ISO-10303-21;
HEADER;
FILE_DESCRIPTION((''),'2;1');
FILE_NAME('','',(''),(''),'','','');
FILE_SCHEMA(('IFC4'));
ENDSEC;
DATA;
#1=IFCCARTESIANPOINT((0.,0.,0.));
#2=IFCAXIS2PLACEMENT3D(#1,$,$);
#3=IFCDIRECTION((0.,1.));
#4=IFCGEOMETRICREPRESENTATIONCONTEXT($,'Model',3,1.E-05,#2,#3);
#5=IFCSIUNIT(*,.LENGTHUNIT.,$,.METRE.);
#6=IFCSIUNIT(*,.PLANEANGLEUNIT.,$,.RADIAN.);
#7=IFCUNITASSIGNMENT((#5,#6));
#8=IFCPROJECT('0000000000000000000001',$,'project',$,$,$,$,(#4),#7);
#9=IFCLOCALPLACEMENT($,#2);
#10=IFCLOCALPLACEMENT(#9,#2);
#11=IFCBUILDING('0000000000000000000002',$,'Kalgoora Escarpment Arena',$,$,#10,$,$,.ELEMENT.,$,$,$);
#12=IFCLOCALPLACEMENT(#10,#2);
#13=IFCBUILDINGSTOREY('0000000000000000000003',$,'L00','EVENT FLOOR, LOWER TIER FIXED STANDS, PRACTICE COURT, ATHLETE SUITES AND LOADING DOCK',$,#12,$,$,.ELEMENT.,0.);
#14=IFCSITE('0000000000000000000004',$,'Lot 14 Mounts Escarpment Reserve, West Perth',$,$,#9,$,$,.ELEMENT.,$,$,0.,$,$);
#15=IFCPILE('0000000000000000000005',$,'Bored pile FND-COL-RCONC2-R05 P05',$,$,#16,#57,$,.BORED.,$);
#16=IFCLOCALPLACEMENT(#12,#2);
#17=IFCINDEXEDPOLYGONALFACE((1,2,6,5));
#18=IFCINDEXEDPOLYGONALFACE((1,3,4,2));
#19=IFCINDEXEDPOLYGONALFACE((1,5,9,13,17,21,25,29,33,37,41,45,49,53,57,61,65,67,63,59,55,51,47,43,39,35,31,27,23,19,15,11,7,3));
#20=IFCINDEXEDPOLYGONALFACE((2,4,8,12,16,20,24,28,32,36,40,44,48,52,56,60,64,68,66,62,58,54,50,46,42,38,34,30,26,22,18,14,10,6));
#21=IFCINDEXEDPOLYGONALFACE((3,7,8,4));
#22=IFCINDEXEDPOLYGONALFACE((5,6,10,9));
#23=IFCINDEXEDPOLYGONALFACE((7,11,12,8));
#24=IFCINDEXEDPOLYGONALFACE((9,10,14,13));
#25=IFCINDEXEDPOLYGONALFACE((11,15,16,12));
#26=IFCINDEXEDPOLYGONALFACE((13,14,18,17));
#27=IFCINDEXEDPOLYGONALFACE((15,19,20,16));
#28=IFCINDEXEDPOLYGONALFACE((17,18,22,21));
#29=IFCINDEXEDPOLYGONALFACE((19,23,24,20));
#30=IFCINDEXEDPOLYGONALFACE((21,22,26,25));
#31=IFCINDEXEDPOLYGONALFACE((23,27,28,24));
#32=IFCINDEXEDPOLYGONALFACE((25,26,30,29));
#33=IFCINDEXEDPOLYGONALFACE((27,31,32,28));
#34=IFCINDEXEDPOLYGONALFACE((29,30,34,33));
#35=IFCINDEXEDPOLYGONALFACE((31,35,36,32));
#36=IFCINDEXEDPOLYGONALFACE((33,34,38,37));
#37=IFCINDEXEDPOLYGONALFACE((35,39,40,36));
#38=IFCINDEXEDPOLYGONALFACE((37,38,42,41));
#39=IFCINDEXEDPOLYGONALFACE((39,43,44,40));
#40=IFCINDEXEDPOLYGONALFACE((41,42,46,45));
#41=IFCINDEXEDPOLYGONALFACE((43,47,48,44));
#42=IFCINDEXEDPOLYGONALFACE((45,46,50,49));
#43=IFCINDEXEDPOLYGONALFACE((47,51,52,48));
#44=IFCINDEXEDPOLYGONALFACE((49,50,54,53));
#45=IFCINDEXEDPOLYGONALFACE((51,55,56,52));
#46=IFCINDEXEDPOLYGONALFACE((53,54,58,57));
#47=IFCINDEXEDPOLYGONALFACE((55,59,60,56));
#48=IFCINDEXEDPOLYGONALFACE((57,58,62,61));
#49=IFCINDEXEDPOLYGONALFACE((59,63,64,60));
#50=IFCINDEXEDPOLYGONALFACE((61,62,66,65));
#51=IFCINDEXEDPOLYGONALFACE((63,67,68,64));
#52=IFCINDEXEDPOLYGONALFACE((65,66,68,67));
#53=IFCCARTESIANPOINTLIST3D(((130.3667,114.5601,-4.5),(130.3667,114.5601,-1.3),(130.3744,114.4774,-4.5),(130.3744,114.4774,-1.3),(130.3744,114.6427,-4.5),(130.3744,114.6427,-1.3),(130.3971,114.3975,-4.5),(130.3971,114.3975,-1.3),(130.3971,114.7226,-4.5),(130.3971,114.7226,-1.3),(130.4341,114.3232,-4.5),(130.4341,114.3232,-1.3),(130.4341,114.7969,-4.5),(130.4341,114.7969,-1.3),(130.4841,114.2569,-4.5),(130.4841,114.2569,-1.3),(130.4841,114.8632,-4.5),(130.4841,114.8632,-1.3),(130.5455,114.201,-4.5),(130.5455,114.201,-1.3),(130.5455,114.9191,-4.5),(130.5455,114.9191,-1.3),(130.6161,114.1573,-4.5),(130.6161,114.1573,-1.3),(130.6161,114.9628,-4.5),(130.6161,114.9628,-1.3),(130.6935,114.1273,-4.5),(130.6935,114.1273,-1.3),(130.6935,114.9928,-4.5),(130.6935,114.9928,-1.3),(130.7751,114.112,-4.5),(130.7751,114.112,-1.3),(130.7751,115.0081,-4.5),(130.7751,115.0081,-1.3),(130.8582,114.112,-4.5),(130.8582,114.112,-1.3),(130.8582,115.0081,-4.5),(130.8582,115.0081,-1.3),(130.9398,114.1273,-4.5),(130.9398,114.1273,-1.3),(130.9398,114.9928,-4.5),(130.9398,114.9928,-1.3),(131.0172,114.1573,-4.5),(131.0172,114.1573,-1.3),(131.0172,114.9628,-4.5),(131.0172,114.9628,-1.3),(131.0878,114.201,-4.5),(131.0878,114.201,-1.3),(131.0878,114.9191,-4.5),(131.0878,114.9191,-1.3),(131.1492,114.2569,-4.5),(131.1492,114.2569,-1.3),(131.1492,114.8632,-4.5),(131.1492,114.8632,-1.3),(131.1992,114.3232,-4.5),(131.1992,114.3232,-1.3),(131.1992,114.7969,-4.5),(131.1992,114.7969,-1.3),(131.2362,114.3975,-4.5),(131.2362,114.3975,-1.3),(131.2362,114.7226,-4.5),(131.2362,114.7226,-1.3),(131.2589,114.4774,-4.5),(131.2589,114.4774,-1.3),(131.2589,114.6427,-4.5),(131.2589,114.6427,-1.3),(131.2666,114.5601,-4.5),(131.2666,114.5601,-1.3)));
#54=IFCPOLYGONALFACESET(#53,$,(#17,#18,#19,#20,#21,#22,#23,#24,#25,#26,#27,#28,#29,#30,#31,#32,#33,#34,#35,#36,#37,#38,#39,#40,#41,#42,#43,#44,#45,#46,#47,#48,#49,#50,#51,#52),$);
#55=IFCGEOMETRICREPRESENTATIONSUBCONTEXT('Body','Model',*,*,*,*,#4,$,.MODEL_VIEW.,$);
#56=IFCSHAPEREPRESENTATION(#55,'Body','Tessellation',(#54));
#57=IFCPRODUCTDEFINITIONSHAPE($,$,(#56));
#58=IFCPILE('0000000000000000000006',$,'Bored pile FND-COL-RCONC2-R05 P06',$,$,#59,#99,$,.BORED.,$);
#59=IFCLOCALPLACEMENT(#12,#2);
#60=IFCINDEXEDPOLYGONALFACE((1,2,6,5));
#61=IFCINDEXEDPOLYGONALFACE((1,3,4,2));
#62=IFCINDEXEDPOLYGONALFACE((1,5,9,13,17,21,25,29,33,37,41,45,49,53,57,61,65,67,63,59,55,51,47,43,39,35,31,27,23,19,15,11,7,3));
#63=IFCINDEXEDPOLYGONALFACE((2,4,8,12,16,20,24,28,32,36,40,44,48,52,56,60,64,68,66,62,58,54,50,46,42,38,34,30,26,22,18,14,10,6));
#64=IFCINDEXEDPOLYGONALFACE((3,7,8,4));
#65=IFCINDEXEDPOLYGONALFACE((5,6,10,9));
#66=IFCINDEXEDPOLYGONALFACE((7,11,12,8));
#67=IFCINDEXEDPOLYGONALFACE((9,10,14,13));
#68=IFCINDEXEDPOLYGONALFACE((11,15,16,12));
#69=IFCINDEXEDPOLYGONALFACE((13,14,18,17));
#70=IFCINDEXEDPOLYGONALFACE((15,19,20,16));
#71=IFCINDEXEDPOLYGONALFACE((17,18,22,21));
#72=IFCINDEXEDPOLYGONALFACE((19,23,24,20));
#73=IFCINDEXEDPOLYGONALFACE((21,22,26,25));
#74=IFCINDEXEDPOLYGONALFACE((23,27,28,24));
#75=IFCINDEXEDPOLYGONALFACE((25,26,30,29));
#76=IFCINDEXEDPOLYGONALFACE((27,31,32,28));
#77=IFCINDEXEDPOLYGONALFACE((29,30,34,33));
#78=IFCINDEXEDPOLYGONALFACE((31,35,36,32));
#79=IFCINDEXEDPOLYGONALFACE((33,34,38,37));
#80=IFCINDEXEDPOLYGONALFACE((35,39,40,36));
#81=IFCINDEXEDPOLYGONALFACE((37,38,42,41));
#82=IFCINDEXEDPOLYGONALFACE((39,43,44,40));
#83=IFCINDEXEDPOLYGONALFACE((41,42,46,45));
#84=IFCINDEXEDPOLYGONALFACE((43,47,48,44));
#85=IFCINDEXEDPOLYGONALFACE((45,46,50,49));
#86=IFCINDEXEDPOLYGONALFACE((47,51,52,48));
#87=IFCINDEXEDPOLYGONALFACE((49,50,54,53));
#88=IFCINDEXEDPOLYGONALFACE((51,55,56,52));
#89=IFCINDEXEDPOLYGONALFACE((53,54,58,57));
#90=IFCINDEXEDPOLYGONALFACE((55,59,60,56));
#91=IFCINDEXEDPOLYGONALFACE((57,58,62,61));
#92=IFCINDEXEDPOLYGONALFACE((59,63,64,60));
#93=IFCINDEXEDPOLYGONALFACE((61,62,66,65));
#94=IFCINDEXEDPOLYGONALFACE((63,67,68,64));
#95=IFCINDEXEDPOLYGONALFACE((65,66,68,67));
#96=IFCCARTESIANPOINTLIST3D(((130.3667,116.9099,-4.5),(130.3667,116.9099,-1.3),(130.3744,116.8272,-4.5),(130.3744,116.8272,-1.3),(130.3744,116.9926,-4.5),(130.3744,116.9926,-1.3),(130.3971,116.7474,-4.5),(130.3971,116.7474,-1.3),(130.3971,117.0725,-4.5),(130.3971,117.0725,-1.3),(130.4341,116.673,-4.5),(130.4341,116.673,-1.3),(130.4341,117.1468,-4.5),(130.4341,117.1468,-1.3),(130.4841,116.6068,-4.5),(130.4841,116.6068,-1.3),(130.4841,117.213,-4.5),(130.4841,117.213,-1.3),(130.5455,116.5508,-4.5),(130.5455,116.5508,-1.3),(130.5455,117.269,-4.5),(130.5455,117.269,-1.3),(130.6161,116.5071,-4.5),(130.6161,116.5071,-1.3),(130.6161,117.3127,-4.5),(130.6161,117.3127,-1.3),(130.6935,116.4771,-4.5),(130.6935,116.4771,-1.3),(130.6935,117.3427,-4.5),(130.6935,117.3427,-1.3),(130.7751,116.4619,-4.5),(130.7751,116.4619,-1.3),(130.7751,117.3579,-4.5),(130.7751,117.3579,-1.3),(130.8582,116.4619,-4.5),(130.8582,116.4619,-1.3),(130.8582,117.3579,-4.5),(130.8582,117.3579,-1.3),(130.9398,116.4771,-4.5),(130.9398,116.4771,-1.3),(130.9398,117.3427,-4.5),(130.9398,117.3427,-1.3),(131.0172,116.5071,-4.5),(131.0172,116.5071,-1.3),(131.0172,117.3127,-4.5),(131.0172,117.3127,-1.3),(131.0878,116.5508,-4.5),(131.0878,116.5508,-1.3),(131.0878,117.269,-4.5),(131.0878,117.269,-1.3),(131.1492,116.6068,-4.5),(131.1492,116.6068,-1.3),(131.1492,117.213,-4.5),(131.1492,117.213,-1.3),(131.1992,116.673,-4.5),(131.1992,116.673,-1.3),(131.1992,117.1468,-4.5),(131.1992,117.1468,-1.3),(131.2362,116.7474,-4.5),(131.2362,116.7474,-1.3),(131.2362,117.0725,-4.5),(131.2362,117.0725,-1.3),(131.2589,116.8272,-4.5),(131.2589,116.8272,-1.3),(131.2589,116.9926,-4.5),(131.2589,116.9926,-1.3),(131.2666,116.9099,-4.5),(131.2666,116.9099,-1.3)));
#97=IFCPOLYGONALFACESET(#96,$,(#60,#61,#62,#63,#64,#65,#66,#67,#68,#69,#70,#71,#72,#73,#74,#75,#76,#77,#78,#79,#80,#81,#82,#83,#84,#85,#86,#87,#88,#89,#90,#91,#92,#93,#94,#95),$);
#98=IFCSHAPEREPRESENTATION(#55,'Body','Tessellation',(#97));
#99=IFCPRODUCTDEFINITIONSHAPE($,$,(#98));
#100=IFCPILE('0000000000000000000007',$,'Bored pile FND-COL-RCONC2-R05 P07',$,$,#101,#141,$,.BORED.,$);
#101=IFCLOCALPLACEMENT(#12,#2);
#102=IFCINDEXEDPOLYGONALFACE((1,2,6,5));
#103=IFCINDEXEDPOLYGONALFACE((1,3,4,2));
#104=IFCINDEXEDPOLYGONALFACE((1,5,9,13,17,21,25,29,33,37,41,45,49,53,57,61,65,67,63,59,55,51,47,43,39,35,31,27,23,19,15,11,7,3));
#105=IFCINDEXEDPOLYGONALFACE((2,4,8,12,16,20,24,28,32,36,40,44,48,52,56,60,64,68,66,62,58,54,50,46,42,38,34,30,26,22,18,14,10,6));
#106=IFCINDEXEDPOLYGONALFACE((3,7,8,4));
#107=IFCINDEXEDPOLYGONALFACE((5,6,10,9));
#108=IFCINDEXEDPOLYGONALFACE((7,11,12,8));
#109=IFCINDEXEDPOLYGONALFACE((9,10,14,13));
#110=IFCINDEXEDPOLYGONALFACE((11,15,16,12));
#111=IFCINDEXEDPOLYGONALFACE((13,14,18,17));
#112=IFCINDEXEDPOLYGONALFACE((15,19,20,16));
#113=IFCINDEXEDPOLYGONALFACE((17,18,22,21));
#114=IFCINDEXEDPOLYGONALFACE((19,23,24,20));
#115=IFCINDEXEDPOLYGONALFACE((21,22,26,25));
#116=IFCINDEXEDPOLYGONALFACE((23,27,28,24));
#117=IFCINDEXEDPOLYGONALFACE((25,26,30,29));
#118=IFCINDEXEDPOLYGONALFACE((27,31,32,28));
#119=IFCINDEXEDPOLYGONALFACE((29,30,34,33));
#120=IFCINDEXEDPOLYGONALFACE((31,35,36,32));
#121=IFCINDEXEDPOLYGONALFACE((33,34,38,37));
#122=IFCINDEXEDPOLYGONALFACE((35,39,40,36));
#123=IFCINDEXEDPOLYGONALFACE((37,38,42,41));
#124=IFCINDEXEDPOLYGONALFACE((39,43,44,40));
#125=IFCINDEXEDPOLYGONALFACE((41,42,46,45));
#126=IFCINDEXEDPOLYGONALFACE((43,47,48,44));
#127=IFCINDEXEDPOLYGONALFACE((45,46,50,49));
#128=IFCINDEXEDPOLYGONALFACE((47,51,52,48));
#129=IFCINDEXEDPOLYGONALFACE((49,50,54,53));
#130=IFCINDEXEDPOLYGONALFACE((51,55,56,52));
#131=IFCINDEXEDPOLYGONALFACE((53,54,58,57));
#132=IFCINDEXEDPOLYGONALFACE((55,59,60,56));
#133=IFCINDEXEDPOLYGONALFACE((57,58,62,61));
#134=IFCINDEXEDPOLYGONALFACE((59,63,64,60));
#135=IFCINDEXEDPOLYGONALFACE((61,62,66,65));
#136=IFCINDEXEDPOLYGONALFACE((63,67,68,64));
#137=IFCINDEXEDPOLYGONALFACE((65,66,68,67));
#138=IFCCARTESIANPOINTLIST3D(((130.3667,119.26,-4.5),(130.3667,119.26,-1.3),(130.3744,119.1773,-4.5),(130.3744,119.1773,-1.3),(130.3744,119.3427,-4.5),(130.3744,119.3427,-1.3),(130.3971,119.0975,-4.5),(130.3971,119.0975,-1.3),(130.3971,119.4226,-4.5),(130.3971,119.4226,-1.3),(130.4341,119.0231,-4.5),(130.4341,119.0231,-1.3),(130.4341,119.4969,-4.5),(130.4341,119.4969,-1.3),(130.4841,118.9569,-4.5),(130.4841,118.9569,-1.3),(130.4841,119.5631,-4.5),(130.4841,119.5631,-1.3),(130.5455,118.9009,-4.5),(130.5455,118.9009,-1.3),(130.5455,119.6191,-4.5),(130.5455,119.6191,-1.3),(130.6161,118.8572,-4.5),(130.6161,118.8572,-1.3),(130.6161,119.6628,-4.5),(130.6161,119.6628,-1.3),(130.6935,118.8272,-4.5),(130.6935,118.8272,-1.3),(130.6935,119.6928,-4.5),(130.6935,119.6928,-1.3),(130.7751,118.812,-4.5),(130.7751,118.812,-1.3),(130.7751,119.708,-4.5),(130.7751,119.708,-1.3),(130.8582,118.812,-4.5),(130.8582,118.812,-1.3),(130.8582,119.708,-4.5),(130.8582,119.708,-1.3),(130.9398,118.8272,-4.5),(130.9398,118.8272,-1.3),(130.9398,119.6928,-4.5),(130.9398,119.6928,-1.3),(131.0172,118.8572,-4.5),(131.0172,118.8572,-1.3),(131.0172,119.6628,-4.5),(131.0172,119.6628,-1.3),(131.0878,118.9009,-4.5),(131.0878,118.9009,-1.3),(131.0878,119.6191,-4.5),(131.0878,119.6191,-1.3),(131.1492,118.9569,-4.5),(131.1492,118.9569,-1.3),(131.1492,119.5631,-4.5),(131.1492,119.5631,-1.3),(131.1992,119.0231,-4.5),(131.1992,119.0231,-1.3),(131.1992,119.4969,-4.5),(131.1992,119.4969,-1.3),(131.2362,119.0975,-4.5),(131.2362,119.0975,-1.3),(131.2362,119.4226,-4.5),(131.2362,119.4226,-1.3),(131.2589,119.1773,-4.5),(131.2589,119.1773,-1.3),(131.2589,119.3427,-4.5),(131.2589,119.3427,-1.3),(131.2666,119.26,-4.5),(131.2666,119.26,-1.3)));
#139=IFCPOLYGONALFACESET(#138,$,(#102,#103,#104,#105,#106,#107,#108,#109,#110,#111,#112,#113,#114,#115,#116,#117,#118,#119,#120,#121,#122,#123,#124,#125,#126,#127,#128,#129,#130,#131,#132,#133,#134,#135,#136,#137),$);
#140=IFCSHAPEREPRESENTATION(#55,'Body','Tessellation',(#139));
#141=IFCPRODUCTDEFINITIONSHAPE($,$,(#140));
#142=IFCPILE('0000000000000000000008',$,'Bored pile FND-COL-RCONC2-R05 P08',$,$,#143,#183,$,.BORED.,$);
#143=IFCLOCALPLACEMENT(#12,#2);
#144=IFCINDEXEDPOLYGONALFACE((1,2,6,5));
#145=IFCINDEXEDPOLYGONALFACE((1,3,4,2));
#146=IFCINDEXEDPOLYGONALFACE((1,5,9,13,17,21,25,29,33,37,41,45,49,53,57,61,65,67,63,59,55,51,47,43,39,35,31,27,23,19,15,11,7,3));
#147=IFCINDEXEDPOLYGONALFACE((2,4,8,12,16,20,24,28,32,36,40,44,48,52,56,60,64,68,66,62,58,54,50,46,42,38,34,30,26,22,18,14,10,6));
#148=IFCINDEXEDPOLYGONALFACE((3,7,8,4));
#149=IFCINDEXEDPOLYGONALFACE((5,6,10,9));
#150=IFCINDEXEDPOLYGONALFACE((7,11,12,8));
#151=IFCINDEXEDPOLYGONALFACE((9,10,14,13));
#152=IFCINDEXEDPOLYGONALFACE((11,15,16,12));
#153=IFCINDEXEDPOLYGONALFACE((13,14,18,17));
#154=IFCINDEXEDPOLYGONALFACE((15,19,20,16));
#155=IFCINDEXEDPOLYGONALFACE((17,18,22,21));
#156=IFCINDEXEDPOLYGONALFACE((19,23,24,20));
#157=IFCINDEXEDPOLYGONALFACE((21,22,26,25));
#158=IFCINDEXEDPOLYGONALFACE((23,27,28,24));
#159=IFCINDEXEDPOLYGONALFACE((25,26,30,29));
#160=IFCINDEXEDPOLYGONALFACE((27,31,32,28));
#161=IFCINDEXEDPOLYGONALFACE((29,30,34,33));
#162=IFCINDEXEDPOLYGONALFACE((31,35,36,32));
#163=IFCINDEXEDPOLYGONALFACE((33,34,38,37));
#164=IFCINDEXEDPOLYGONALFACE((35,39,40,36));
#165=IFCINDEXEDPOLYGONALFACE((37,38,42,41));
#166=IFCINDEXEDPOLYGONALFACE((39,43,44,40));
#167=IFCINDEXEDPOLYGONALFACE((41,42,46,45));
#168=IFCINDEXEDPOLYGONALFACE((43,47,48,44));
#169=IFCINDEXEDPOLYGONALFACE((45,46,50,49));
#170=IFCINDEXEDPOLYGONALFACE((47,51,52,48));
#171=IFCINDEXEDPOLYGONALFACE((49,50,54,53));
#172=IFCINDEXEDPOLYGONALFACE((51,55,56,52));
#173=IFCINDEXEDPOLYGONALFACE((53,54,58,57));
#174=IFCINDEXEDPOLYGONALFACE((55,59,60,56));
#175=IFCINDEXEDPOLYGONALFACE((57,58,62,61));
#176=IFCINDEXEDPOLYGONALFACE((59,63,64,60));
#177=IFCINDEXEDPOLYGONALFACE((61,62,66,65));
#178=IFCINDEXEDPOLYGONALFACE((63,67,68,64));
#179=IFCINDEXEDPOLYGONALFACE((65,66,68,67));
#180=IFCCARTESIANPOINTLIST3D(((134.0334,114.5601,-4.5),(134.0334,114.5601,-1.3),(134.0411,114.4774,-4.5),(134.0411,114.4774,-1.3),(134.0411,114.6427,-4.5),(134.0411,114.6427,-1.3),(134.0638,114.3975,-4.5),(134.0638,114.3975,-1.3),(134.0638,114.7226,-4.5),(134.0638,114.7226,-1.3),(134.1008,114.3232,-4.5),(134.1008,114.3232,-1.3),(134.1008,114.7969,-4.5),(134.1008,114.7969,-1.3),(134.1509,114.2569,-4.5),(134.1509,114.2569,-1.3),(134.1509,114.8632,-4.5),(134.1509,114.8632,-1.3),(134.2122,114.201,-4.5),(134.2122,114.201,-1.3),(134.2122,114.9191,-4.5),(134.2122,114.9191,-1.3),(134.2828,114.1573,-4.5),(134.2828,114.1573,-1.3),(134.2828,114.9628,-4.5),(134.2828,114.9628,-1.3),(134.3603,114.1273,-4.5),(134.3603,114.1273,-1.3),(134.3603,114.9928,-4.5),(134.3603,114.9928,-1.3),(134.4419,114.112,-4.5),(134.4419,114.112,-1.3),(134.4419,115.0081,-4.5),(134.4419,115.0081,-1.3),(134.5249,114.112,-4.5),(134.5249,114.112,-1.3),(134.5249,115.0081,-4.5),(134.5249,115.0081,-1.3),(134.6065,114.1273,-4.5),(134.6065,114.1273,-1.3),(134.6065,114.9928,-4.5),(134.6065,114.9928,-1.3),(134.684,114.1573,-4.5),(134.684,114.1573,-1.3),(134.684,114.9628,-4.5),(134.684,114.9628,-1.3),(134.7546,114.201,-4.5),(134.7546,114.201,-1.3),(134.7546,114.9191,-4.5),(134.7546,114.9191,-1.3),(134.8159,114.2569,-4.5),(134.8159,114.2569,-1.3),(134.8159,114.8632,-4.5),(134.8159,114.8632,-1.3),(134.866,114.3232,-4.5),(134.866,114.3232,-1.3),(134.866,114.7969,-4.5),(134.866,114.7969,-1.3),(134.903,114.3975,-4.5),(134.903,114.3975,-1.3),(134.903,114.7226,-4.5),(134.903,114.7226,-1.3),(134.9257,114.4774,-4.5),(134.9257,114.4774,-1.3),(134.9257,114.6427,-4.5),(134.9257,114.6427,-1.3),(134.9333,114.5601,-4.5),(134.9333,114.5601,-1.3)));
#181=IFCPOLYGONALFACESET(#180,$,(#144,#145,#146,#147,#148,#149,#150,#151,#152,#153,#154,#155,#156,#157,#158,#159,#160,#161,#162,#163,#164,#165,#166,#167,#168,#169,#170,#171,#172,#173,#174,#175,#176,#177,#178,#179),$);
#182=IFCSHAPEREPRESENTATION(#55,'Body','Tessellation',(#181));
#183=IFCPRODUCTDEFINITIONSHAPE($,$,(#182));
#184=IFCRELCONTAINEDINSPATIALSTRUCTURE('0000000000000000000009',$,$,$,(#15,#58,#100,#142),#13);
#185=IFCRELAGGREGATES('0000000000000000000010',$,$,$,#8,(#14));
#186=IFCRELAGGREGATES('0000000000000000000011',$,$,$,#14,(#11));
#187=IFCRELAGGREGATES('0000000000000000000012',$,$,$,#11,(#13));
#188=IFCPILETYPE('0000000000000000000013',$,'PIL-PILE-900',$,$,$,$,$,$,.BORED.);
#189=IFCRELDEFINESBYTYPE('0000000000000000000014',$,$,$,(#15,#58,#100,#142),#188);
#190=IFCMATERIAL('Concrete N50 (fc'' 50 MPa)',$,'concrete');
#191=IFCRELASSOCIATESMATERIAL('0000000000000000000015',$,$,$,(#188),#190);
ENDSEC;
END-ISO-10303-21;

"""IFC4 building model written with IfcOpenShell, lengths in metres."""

from ifc_helpers import new_model, si_unit, direction, frame, origin, origin_2d, place, context, subcontext, project, spatial, circle, extrude, material, material_profile, profile_set, type_object, element, save


model = new_model("IFC4")

# Units and contexts
model_context = context("Model", 3, precision=1e-05, world=origin(), true_north=direction((0.0, 1.0)))
body_context = subcontext(model_context, "Body", "Model", "MODEL_VIEW")
ifc_project = project(units=[si_unit("LENGTHUNIT", "METRE"), si_unit("PLANEANGLEUNIT", "RADIAN")], contexts=[model_context])

# Site, building, storey
site_placement = place(None, origin())
site = spatial("IfcSite", under=ifc_project, at=site_placement, Name="Lot 14 Mounts Escarpment Reserve, West Perth", CompositionType="ELEMENT", RefElevation=0.0)
building_placement = place(site_placement, origin())
building = spatial("IfcBuilding", under=site, at=building_placement, Name="Kalgoora Escarpment Arena", CompositionType="ELEMENT")
storey_placement = place(building_placement, origin())
storey = spatial("IfcBuildingStorey", under=building, at=storey_placement, Name="L00", Description="EVENT FLOOR, LOWER TIER FIXED STANDS, PRACTICE COURT, ATHLETE SUITES AND LOADING DOCK", CompositionType="ELEMENT", Elevation=0.0)

# Piles
ifc_material_1 = material(Name="Concrete N50 (fc' 50 MPa)", Category="concrete")
ifc_material_profile_1 = material_profile(ifc_material_1, circle(Radius=0.45, at=origin_2d()))
ifc_profile_set_1 = profile_set([ifc_material_profile_1], Name="Concrete N50 (fc' 50 MPa)")
pile_type_1 = type_object("IfcPileType", Name="PIL-PILE-900", PredefinedType="BORED", material=ifc_profile_set_1)
for number, where, z_axis, x_axis, name in (
    (1, (130.8167, 114.5601, -1.3), (0.0, 0.0, -1.0), (1.0, 0.0, 0.0), "Bored pile FND-COL-RCONC2-R05 P05"),
    (2, (130.8167, 116.9099, -1.3), (0.0, 0.0, -1.0), (1.0, 0.0, 0.0), "Bored pile FND-COL-RCONC2-R05 P06"),
    (3, (130.8167, 119.26, -1.3), (0.0, 0.0, -1.0), (1.0, 0.0, 0.0), "Bored pile FND-COL-RCONC2-R05 P07"),
    (4, (134.4834, 114.5601, -1.3), (0.0, 0.0, -1.0), (1.0, 0.0, 0.0), "Bored pile FND-COL-RCONC2-R05 P08"),
):
    element("IfcPile", number, at=place(storey_placement, frame(where, z_axis=z_axis, x_axis=x_axis)), inside=storey, type_object=pile_type_1, Name=name, PredefinedType="BORED", context=body_context, shape_type="SweptSolid", body=[
        extrude(circle(Radius=0.45, at=origin_2d()), origin(), (0.0, 0.0, 1.0), 3.2),
    ])

save(model, "model.ifc")
